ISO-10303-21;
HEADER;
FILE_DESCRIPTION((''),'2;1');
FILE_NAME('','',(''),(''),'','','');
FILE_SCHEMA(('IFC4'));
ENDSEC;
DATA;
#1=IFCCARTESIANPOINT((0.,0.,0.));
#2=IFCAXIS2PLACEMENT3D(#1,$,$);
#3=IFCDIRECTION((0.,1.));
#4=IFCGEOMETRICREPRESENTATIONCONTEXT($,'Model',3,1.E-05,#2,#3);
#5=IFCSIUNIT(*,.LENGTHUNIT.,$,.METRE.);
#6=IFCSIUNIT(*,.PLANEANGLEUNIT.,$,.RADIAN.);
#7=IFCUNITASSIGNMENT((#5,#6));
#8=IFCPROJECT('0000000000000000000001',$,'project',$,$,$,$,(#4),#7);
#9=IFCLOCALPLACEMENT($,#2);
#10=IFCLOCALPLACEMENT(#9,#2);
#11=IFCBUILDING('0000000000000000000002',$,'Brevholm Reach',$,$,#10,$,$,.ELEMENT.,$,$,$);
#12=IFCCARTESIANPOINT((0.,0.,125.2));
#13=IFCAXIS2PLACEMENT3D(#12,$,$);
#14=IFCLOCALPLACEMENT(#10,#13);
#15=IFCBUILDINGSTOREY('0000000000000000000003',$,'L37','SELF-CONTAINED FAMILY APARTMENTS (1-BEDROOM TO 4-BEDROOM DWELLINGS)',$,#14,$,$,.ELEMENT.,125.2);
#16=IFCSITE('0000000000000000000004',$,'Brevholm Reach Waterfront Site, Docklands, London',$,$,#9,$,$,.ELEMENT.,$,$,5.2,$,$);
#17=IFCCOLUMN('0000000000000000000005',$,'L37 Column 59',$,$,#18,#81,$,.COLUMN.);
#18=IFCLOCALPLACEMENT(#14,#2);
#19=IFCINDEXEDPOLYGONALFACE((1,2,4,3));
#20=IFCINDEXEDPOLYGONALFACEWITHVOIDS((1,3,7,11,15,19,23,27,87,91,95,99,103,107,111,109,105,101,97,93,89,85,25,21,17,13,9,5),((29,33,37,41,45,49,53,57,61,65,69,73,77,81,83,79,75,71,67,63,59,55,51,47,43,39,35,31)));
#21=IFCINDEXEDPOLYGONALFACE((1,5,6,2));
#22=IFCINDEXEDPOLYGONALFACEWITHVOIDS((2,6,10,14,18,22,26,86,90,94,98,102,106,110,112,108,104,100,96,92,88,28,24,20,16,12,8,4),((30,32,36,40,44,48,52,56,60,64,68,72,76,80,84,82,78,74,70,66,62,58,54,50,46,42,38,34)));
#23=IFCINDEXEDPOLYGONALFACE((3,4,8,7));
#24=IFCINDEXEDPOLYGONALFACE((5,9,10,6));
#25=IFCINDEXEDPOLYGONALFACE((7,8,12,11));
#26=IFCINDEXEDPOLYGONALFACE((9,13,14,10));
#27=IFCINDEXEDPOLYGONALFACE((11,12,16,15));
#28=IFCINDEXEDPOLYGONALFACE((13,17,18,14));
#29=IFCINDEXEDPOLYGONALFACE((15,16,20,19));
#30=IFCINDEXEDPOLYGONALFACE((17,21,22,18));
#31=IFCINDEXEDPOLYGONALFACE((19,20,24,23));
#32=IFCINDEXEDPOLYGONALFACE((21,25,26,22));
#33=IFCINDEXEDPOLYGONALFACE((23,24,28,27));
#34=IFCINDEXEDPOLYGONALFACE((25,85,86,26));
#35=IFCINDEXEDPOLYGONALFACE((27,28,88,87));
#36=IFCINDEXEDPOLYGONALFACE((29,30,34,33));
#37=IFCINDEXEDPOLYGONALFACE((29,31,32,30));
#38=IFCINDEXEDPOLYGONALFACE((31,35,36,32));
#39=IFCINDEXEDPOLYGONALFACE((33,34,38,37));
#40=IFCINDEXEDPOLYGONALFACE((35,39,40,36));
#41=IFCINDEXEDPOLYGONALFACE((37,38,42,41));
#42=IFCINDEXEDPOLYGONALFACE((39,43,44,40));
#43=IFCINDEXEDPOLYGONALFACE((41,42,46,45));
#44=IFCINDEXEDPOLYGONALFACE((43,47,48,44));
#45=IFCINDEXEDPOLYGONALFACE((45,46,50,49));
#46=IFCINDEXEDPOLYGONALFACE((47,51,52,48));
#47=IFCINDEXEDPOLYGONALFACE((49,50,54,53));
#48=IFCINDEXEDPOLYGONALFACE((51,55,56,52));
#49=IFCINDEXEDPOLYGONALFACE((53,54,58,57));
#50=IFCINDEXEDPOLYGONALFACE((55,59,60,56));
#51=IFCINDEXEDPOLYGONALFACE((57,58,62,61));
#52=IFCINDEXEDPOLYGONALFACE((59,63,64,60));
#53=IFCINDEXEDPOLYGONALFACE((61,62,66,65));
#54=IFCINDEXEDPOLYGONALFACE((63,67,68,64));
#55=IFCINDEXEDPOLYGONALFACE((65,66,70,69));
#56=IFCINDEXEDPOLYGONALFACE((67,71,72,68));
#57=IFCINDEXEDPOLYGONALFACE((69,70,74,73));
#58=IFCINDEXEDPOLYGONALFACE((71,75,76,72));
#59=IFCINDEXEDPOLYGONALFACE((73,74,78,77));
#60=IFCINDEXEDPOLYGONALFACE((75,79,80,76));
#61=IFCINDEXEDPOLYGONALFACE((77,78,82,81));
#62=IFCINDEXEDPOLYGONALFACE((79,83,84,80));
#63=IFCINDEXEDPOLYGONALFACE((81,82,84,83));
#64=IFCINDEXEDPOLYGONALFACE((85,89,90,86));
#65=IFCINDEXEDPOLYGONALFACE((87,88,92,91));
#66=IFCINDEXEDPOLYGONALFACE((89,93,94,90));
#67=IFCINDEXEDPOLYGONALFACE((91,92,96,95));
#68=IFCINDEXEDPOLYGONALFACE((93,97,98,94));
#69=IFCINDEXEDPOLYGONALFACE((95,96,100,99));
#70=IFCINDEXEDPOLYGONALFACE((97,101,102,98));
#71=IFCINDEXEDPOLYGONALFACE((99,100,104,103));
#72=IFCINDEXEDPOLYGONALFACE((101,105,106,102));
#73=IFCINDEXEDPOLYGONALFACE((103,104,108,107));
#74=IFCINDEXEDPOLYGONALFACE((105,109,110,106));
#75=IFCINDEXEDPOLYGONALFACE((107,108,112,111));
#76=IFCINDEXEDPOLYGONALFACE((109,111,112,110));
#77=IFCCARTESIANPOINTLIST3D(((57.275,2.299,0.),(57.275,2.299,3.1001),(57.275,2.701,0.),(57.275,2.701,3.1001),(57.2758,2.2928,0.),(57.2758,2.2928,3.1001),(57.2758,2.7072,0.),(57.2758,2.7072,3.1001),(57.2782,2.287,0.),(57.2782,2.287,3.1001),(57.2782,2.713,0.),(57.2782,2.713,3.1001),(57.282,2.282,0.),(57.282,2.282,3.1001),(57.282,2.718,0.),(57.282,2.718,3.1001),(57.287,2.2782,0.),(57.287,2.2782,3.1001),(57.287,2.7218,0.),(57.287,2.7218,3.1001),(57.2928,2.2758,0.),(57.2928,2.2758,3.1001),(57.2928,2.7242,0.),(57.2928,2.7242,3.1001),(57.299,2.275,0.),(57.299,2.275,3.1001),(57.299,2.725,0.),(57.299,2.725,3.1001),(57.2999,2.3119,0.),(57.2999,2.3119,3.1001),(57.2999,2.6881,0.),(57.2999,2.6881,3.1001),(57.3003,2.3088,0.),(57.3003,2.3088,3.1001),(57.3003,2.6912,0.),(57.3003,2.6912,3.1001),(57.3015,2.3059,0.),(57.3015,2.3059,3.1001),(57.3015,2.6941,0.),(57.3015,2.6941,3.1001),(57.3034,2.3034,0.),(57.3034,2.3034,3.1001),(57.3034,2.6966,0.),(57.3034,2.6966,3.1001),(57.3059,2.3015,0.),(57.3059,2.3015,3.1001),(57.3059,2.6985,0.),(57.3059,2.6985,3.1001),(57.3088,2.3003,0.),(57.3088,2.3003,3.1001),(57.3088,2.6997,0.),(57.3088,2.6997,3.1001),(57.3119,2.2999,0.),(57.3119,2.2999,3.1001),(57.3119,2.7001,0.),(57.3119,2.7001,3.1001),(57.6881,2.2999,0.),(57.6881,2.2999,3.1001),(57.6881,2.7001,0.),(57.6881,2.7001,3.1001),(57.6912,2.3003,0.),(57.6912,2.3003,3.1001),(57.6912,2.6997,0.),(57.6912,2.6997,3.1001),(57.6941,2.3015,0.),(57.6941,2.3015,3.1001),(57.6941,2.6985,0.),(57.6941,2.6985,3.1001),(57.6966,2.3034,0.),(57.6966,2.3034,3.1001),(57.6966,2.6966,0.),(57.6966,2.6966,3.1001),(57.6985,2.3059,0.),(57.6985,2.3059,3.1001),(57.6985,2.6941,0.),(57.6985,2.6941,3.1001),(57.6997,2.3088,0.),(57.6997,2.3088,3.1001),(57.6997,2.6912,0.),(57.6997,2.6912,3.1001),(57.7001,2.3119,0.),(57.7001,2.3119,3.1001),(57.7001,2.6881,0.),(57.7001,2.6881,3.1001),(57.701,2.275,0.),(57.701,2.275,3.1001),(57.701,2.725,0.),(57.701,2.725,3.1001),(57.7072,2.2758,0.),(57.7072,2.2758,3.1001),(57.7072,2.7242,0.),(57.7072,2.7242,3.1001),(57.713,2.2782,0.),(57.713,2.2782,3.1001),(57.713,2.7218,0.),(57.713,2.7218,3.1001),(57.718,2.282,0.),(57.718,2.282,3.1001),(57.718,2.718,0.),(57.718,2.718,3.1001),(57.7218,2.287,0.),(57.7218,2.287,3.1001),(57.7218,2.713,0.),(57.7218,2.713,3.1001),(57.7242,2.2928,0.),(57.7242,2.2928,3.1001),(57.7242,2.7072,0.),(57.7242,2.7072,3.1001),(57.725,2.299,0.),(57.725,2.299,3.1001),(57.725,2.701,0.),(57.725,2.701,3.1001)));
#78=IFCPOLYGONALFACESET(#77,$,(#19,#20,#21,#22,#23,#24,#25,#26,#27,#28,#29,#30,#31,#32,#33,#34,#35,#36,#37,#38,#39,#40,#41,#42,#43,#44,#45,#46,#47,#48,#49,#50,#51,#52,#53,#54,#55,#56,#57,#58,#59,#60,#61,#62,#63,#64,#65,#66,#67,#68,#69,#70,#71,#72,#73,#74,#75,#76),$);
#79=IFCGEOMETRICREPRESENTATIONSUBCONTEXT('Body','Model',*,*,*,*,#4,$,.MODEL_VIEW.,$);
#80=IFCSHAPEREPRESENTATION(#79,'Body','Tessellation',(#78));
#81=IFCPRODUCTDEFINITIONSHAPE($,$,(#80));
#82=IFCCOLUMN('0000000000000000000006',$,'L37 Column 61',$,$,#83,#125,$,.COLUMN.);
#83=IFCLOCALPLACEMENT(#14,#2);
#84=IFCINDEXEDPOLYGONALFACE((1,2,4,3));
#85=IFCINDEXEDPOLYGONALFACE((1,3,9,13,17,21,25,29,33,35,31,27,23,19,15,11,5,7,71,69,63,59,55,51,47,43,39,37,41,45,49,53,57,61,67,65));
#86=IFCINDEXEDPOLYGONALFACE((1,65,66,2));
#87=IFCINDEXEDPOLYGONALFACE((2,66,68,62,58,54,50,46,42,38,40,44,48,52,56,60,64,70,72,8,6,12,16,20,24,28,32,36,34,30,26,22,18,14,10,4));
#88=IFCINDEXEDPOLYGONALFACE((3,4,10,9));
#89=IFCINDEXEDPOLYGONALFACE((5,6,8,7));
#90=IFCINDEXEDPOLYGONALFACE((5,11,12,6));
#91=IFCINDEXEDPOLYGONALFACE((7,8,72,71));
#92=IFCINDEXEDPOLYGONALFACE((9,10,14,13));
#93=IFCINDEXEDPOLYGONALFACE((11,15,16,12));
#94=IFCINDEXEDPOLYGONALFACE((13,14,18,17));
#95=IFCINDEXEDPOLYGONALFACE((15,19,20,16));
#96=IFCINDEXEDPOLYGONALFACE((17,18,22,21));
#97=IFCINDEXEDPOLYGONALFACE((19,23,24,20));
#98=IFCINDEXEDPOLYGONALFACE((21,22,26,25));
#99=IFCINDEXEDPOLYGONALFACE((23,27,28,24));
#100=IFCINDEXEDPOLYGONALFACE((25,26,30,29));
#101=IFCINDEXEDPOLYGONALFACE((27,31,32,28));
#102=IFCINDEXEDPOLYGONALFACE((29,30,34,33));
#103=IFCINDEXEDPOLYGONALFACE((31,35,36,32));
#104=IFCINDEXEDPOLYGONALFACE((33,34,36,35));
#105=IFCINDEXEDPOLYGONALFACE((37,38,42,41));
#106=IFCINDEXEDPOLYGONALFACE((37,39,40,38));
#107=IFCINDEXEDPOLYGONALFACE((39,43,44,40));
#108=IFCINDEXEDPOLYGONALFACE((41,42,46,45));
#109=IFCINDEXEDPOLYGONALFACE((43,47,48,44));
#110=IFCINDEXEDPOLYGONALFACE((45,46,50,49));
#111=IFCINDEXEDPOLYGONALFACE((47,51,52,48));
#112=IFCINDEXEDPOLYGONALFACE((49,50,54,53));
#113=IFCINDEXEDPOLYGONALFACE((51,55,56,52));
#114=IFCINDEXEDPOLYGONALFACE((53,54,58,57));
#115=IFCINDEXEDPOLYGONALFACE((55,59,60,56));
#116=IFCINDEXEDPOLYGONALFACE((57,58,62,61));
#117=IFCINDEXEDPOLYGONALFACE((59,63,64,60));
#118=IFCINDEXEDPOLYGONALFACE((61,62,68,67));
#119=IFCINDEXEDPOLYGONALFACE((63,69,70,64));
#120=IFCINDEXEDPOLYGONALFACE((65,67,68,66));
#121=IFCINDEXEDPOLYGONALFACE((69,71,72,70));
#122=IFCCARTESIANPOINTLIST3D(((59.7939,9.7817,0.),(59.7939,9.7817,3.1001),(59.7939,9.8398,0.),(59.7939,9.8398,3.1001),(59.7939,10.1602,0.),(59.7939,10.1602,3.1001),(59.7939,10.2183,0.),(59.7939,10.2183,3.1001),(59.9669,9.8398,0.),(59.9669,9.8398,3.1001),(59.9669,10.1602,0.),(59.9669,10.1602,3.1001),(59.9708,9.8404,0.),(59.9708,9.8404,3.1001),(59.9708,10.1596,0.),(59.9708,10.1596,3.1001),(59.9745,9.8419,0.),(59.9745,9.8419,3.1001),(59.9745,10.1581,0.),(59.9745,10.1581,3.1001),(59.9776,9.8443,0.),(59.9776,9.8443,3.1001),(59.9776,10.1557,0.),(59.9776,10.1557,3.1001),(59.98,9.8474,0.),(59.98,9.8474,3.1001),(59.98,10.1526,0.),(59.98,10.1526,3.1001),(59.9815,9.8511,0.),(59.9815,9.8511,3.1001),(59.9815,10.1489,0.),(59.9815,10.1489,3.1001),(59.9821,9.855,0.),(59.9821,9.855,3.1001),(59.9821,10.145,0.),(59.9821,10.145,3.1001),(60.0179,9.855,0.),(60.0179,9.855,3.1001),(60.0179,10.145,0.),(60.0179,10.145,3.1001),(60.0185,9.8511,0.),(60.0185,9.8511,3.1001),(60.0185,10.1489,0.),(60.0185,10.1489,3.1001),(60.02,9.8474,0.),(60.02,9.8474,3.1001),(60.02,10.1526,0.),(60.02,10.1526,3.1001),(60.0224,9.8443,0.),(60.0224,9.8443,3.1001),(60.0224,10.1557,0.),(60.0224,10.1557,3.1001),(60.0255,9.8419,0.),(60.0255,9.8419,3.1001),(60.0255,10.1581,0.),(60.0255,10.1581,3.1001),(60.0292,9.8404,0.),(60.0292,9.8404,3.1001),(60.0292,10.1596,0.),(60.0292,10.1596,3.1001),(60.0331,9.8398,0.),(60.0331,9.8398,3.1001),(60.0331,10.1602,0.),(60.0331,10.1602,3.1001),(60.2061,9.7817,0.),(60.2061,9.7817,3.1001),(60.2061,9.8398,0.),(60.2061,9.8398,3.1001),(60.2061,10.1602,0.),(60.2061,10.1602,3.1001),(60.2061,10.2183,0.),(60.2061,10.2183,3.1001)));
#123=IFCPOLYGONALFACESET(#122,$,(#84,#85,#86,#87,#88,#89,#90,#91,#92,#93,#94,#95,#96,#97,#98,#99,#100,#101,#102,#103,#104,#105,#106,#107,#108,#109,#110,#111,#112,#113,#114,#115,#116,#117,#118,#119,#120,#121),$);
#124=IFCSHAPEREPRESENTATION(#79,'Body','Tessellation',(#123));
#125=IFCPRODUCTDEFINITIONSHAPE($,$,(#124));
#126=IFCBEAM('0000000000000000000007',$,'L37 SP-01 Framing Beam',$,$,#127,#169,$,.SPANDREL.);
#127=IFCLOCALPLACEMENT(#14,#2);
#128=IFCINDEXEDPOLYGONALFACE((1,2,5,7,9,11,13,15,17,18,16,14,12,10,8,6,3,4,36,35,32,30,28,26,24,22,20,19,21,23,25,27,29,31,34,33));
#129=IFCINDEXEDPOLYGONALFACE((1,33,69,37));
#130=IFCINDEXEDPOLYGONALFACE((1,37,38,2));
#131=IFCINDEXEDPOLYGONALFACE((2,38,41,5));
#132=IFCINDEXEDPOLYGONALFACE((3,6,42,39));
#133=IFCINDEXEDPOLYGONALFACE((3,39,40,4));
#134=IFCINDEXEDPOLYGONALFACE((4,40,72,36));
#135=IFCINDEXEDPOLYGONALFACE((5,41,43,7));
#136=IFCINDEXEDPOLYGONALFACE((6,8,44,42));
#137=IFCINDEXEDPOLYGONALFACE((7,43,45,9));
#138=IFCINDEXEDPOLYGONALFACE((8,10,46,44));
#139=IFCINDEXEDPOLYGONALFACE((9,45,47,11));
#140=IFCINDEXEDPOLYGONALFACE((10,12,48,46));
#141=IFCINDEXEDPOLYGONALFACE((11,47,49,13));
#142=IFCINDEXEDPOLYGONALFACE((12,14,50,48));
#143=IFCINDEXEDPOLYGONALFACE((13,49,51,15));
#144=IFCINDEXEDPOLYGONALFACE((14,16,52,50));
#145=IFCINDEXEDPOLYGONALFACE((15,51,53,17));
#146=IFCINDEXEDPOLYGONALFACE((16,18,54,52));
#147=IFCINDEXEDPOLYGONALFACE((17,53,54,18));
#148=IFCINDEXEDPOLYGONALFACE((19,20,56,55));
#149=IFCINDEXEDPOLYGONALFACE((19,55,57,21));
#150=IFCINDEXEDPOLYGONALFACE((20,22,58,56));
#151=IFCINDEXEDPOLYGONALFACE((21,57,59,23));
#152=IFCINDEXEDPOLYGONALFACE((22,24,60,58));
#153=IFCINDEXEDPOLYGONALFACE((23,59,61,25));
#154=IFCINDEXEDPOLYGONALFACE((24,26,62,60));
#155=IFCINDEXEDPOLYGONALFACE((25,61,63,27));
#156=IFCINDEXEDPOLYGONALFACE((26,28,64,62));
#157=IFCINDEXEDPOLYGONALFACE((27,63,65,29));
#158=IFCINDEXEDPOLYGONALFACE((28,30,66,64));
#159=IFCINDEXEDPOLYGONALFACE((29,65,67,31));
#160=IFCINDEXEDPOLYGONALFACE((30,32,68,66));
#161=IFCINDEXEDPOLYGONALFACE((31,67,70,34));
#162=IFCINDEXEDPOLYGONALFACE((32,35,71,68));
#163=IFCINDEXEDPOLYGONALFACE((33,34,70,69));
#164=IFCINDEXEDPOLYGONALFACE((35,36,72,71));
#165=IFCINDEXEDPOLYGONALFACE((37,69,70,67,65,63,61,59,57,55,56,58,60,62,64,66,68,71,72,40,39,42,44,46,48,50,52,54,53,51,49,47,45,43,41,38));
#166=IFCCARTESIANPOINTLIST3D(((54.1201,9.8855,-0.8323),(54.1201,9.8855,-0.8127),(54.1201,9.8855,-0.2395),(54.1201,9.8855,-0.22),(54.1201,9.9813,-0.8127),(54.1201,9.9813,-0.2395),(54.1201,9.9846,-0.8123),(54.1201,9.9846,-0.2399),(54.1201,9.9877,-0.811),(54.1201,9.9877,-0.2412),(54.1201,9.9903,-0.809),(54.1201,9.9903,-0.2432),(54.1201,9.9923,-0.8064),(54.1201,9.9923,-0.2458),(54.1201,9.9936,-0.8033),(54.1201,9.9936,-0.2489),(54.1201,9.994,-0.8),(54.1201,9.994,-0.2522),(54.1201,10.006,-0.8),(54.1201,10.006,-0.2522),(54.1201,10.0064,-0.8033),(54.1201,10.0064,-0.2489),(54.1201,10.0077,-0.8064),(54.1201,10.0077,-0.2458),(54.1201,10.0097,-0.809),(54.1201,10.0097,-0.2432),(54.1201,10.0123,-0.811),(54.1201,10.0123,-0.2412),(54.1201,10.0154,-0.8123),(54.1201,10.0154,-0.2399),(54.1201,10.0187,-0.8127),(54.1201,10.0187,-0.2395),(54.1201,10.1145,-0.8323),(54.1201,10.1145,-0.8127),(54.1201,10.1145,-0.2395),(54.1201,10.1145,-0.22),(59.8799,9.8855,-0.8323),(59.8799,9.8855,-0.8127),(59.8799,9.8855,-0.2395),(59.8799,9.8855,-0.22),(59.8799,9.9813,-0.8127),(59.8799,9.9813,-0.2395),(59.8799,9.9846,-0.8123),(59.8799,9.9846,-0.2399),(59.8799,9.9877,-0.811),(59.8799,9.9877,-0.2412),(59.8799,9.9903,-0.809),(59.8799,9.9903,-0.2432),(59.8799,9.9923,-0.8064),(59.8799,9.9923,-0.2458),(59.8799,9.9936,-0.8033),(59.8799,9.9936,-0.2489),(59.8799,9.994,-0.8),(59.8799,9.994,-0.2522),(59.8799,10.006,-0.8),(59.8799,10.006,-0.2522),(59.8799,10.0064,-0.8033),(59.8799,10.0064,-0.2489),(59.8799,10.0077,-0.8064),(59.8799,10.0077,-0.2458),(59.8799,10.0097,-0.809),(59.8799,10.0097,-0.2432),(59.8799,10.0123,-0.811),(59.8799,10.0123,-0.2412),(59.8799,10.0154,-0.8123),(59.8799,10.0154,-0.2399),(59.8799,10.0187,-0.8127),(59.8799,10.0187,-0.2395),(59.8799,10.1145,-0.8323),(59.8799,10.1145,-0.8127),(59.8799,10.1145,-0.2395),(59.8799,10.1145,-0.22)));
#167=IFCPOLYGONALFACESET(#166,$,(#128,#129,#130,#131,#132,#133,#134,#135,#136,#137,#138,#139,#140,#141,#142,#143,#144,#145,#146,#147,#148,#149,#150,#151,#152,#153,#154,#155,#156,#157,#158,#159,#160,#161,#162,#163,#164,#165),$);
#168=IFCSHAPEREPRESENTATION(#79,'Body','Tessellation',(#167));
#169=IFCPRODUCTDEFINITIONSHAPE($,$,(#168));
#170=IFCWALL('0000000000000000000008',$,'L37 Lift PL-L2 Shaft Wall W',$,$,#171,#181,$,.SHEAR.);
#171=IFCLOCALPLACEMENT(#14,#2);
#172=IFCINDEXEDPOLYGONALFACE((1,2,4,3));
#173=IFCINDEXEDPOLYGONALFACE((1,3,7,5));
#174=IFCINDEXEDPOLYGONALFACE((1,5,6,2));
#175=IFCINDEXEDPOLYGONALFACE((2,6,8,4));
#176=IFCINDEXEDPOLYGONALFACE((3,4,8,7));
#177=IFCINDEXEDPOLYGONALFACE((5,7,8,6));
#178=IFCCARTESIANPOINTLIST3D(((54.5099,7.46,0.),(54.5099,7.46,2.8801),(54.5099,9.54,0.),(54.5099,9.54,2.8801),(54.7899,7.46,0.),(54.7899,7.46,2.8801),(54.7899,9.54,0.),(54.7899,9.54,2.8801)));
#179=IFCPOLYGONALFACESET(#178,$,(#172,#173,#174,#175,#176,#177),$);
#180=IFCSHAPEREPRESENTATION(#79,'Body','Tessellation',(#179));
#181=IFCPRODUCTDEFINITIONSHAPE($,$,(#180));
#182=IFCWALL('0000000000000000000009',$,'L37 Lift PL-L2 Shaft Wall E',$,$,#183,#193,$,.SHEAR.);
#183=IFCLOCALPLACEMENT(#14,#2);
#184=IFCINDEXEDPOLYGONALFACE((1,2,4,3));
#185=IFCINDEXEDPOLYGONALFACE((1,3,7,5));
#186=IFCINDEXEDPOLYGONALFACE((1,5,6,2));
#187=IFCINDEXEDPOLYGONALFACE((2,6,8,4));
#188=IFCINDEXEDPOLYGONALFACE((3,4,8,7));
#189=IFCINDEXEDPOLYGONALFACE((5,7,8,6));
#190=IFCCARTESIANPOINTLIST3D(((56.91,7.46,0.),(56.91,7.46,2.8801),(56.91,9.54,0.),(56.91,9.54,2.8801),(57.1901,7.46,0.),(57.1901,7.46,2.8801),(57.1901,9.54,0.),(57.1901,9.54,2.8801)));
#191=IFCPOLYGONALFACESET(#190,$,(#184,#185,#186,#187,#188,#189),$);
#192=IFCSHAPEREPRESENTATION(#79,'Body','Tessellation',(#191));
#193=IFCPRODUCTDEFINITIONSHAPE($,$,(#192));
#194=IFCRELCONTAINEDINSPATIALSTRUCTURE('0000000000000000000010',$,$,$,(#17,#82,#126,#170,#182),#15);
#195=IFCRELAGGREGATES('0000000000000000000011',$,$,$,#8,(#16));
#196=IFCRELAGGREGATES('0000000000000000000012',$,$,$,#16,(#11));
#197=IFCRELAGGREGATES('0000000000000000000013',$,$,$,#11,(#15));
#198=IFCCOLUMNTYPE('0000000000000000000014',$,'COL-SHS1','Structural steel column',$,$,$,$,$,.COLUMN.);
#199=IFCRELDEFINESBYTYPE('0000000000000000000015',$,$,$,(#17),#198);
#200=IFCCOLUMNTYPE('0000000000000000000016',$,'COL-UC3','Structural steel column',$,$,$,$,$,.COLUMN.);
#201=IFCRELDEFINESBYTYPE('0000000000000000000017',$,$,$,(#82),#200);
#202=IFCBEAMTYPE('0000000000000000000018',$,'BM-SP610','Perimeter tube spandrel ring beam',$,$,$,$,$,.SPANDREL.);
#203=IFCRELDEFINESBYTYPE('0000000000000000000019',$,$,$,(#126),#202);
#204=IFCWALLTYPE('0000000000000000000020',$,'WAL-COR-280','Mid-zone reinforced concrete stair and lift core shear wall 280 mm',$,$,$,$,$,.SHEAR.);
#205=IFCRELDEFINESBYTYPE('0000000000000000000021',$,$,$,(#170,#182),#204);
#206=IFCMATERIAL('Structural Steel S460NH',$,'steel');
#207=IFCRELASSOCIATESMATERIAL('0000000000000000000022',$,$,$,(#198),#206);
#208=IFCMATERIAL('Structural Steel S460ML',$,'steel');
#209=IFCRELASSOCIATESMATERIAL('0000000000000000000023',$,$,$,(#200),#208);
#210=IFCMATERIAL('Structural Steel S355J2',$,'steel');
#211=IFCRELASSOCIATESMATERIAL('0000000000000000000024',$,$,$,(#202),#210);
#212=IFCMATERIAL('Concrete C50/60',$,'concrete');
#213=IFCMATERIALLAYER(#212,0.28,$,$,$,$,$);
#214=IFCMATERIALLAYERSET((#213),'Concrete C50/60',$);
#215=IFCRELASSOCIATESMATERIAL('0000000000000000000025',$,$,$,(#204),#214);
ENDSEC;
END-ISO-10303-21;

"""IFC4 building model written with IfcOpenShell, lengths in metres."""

from ifc_helpers import new_model, si_unit, direction, frame, frame_2d, origin, origin_2d, place, context, subcontext, project, spatial, rectangle, hollow_rectangle, i_section, extrude, material, layer, layer_set, material_profile, profile_set, type_object, element, save


model = new_model("IFC4")

# Units and contexts
model_context = context("Model", 3, precision=1e-05, world=origin(), true_north=direction((0.0, 1.0)))
body_context = subcontext(model_context, "Body", "Model", "MODEL_VIEW")
ifc_project = project(units=[si_unit("LENGTHUNIT", "METRE"), si_unit("PLANEANGLEUNIT", "RADIAN")], contexts=[model_context])

# Site, building, storey
site_placement = place(None, origin())
site = spatial("IfcSite", under=ifc_project, at=site_placement, Name="Brevholm Reach Waterfront Site, Docklands, London", CompositionType="ELEMENT", RefElevation=5.2)
building_placement = place(site_placement, origin())
building = spatial("IfcBuilding", under=site, at=building_placement, Name="Brevholm Reach", CompositionType="ELEMENT")
storey_placement = place(building_placement, frame((0.0, 0.0, 125.2)))
storey = spatial("IfcBuildingStorey", under=building, at=storey_placement, Name="L37", Description="SELF-CONTAINED FAMILY APARTMENTS (1-BEDROOM TO 4-BEDROOM DWELLINGS)", CompositionType="ELEMENT", Elevation=125.2)

# Columns
ifc_material_1 = material(Name="Structural Steel S460NH", Category="steel")
ifc_material_profile_1 = material_profile(ifc_material_1, hollow_rectangle(XDim=0.45, YDim=0.45, WallThickness=0.0249, InnerFilletRadius=0.012, OuterFilletRadius=0.0239, at=origin_2d()), Name="SHS 450x450x25")
ifc_profile_set_1 = profile_set([ifc_material_profile_1], Name="Structural Steel S460NH")
column_type_1 = type_object("IfcColumnType", Name="COL-SHS1", Description="Structural steel column", PredefinedType="COLUMN", material=ifc_profile_set_1)
column_1_placement = place(storey_placement, frame((57.5, 2.5, 0.0), z_axis=(0.0, 0.0, 1.0), x_axis=(1.0, 0.0, 0.0)))
element("IfcColumn", 1, at=column_1_placement, inside=storey, type_object=column_type_1, Name="L37 Column 59", PredefinedType="COLUMN", context=body_context, shape_type="SweptSolid", body=[
    extrude(hollow_rectangle(XDim=0.45, YDim=0.45, WallThickness=0.0249, InnerFilletRadius=0.012, OuterFilletRadius=0.0239, at=origin_2d()), origin(), (0.0, 0.0, 1.0), 3.1001),
])
ifc_material_2 = material(Name="Structural Steel S460ML", Category="steel")
ifc_material_profile_2 = material_profile(ifc_material_2, i_section(OverallWidth=0.4121, OverallDepth=0.4365, WebThickness=0.0359, FlangeThickness=0.0581, FilletRadius=0.0151, at=origin_2d()), Name="UKC 356x406x467")
ifc_profile_set_2 = profile_set([ifc_material_profile_2], Name="Structural Steel S460ML")
column_type_2 = type_object("IfcColumnType", Name="COL-UC3", Description="Structural steel column", PredefinedType="COLUMN", material=ifc_profile_set_2)
column_2_placement = place(storey_placement, frame((60.0, 10.0, 0.0), z_axis=(0.0, 0.0, 1.0), x_axis=(1.0, 0.0, 0.0)))
element("IfcColumn", 2, at=column_2_placement, inside=storey, type_object=column_type_2, Name="L37 Column 61", PredefinedType="COLUMN", context=body_context, shape_type="SweptSolid", body=[
    extrude(i_section(OverallWidth=0.4121, OverallDepth=0.4365, WebThickness=0.0359, FlangeThickness=0.0581, FilletRadius=0.0151, at=origin_2d()), origin(), (0.0, 0.0, 1.0), 3.1001),
])

# Beam
ifc_material_3 = material(Name="Structural Steel S355J2", Category="steel")
ifc_material_profile_3 = material_profile(ifc_material_3, i_section(OverallWidth=0.229, OverallDepth=0.6123, WebThickness=0.012, FlangeThickness=0.0195, FilletRadius=0.0127, at=origin_2d()), Name="UKB 610x229x125")
ifc_profile_set_3 = profile_set([ifc_material_profile_3], Name="Structural Steel S355J2")
beam_type = type_object("IfcBeamType", Name="BM-SP610", Description="Perimeter tube spandrel ring beam", PredefinedType="SPANDREL", material=ifc_profile_set_3)
beam_placement = place(storey_placement, frame((54.1201, 10.0, -0.5261), z_axis=(1.0, 0.0, 0.0), x_axis=(0.0, 1.0, 0.0)))
element("IfcBeam", 3, at=beam_placement, inside=storey, type_object=beam_type, Name="L37 SP-01 Framing Beam", PredefinedType="SPANDREL", context=body_context, shape_type="SweptSolid", body=[
    extrude(i_section(OverallWidth=0.229, OverallDepth=0.6123, WebThickness=0.012, FlangeThickness=0.0195, FilletRadius=0.0127, at=origin_2d()), origin(), (0.0, 0.0, 1.0), 5.7598),
])

# Walls
ifc_material_4 = material(Name="Concrete C50/60", Category="concrete")
ifc_layer_1 = layer(ifc_material_4, 0.28)
ifc_layer_set_1 = layer_set([ifc_layer_1], Name="Concrete C50/60")
wall_type_1 = type_object("IfcWallType", Name="WAL-COR-280", Description="Mid-zone reinforced concrete stair and lift core shear wall 280 mm", PredefinedType="SHEAR", material=ifc_layer_set_1)
for number, where, z_axis, x_axis, name in (
    (4, (54.6499, 7.46, 0.0), (0.0, 0.0, 1.0), (0.0, 1.0, 0.0), "L37 Lift PL-L2 Shaft Wall W"),
    (5, (57.05, 7.46, 0.0), (0.0, 0.0, 1.0), (0.0, 1.0, 0.0), "L37 Lift PL-L2 Shaft Wall E"),
):
    element("IfcWall", number, at=place(storey_placement, frame(where, z_axis=z_axis, x_axis=x_axis)), inside=storey, type_object=wall_type_1, Name=name, PredefinedType="SHEAR", context=body_context, shape_type="SweptSolid", body=[
        extrude(rectangle(XDim=2.0801, YDim=0.28, at=frame_2d((1.04, 0.0))), origin(), (0.0, 0.0, 1.0), 2.8801),
    ])

save(model, "model.ifc")
